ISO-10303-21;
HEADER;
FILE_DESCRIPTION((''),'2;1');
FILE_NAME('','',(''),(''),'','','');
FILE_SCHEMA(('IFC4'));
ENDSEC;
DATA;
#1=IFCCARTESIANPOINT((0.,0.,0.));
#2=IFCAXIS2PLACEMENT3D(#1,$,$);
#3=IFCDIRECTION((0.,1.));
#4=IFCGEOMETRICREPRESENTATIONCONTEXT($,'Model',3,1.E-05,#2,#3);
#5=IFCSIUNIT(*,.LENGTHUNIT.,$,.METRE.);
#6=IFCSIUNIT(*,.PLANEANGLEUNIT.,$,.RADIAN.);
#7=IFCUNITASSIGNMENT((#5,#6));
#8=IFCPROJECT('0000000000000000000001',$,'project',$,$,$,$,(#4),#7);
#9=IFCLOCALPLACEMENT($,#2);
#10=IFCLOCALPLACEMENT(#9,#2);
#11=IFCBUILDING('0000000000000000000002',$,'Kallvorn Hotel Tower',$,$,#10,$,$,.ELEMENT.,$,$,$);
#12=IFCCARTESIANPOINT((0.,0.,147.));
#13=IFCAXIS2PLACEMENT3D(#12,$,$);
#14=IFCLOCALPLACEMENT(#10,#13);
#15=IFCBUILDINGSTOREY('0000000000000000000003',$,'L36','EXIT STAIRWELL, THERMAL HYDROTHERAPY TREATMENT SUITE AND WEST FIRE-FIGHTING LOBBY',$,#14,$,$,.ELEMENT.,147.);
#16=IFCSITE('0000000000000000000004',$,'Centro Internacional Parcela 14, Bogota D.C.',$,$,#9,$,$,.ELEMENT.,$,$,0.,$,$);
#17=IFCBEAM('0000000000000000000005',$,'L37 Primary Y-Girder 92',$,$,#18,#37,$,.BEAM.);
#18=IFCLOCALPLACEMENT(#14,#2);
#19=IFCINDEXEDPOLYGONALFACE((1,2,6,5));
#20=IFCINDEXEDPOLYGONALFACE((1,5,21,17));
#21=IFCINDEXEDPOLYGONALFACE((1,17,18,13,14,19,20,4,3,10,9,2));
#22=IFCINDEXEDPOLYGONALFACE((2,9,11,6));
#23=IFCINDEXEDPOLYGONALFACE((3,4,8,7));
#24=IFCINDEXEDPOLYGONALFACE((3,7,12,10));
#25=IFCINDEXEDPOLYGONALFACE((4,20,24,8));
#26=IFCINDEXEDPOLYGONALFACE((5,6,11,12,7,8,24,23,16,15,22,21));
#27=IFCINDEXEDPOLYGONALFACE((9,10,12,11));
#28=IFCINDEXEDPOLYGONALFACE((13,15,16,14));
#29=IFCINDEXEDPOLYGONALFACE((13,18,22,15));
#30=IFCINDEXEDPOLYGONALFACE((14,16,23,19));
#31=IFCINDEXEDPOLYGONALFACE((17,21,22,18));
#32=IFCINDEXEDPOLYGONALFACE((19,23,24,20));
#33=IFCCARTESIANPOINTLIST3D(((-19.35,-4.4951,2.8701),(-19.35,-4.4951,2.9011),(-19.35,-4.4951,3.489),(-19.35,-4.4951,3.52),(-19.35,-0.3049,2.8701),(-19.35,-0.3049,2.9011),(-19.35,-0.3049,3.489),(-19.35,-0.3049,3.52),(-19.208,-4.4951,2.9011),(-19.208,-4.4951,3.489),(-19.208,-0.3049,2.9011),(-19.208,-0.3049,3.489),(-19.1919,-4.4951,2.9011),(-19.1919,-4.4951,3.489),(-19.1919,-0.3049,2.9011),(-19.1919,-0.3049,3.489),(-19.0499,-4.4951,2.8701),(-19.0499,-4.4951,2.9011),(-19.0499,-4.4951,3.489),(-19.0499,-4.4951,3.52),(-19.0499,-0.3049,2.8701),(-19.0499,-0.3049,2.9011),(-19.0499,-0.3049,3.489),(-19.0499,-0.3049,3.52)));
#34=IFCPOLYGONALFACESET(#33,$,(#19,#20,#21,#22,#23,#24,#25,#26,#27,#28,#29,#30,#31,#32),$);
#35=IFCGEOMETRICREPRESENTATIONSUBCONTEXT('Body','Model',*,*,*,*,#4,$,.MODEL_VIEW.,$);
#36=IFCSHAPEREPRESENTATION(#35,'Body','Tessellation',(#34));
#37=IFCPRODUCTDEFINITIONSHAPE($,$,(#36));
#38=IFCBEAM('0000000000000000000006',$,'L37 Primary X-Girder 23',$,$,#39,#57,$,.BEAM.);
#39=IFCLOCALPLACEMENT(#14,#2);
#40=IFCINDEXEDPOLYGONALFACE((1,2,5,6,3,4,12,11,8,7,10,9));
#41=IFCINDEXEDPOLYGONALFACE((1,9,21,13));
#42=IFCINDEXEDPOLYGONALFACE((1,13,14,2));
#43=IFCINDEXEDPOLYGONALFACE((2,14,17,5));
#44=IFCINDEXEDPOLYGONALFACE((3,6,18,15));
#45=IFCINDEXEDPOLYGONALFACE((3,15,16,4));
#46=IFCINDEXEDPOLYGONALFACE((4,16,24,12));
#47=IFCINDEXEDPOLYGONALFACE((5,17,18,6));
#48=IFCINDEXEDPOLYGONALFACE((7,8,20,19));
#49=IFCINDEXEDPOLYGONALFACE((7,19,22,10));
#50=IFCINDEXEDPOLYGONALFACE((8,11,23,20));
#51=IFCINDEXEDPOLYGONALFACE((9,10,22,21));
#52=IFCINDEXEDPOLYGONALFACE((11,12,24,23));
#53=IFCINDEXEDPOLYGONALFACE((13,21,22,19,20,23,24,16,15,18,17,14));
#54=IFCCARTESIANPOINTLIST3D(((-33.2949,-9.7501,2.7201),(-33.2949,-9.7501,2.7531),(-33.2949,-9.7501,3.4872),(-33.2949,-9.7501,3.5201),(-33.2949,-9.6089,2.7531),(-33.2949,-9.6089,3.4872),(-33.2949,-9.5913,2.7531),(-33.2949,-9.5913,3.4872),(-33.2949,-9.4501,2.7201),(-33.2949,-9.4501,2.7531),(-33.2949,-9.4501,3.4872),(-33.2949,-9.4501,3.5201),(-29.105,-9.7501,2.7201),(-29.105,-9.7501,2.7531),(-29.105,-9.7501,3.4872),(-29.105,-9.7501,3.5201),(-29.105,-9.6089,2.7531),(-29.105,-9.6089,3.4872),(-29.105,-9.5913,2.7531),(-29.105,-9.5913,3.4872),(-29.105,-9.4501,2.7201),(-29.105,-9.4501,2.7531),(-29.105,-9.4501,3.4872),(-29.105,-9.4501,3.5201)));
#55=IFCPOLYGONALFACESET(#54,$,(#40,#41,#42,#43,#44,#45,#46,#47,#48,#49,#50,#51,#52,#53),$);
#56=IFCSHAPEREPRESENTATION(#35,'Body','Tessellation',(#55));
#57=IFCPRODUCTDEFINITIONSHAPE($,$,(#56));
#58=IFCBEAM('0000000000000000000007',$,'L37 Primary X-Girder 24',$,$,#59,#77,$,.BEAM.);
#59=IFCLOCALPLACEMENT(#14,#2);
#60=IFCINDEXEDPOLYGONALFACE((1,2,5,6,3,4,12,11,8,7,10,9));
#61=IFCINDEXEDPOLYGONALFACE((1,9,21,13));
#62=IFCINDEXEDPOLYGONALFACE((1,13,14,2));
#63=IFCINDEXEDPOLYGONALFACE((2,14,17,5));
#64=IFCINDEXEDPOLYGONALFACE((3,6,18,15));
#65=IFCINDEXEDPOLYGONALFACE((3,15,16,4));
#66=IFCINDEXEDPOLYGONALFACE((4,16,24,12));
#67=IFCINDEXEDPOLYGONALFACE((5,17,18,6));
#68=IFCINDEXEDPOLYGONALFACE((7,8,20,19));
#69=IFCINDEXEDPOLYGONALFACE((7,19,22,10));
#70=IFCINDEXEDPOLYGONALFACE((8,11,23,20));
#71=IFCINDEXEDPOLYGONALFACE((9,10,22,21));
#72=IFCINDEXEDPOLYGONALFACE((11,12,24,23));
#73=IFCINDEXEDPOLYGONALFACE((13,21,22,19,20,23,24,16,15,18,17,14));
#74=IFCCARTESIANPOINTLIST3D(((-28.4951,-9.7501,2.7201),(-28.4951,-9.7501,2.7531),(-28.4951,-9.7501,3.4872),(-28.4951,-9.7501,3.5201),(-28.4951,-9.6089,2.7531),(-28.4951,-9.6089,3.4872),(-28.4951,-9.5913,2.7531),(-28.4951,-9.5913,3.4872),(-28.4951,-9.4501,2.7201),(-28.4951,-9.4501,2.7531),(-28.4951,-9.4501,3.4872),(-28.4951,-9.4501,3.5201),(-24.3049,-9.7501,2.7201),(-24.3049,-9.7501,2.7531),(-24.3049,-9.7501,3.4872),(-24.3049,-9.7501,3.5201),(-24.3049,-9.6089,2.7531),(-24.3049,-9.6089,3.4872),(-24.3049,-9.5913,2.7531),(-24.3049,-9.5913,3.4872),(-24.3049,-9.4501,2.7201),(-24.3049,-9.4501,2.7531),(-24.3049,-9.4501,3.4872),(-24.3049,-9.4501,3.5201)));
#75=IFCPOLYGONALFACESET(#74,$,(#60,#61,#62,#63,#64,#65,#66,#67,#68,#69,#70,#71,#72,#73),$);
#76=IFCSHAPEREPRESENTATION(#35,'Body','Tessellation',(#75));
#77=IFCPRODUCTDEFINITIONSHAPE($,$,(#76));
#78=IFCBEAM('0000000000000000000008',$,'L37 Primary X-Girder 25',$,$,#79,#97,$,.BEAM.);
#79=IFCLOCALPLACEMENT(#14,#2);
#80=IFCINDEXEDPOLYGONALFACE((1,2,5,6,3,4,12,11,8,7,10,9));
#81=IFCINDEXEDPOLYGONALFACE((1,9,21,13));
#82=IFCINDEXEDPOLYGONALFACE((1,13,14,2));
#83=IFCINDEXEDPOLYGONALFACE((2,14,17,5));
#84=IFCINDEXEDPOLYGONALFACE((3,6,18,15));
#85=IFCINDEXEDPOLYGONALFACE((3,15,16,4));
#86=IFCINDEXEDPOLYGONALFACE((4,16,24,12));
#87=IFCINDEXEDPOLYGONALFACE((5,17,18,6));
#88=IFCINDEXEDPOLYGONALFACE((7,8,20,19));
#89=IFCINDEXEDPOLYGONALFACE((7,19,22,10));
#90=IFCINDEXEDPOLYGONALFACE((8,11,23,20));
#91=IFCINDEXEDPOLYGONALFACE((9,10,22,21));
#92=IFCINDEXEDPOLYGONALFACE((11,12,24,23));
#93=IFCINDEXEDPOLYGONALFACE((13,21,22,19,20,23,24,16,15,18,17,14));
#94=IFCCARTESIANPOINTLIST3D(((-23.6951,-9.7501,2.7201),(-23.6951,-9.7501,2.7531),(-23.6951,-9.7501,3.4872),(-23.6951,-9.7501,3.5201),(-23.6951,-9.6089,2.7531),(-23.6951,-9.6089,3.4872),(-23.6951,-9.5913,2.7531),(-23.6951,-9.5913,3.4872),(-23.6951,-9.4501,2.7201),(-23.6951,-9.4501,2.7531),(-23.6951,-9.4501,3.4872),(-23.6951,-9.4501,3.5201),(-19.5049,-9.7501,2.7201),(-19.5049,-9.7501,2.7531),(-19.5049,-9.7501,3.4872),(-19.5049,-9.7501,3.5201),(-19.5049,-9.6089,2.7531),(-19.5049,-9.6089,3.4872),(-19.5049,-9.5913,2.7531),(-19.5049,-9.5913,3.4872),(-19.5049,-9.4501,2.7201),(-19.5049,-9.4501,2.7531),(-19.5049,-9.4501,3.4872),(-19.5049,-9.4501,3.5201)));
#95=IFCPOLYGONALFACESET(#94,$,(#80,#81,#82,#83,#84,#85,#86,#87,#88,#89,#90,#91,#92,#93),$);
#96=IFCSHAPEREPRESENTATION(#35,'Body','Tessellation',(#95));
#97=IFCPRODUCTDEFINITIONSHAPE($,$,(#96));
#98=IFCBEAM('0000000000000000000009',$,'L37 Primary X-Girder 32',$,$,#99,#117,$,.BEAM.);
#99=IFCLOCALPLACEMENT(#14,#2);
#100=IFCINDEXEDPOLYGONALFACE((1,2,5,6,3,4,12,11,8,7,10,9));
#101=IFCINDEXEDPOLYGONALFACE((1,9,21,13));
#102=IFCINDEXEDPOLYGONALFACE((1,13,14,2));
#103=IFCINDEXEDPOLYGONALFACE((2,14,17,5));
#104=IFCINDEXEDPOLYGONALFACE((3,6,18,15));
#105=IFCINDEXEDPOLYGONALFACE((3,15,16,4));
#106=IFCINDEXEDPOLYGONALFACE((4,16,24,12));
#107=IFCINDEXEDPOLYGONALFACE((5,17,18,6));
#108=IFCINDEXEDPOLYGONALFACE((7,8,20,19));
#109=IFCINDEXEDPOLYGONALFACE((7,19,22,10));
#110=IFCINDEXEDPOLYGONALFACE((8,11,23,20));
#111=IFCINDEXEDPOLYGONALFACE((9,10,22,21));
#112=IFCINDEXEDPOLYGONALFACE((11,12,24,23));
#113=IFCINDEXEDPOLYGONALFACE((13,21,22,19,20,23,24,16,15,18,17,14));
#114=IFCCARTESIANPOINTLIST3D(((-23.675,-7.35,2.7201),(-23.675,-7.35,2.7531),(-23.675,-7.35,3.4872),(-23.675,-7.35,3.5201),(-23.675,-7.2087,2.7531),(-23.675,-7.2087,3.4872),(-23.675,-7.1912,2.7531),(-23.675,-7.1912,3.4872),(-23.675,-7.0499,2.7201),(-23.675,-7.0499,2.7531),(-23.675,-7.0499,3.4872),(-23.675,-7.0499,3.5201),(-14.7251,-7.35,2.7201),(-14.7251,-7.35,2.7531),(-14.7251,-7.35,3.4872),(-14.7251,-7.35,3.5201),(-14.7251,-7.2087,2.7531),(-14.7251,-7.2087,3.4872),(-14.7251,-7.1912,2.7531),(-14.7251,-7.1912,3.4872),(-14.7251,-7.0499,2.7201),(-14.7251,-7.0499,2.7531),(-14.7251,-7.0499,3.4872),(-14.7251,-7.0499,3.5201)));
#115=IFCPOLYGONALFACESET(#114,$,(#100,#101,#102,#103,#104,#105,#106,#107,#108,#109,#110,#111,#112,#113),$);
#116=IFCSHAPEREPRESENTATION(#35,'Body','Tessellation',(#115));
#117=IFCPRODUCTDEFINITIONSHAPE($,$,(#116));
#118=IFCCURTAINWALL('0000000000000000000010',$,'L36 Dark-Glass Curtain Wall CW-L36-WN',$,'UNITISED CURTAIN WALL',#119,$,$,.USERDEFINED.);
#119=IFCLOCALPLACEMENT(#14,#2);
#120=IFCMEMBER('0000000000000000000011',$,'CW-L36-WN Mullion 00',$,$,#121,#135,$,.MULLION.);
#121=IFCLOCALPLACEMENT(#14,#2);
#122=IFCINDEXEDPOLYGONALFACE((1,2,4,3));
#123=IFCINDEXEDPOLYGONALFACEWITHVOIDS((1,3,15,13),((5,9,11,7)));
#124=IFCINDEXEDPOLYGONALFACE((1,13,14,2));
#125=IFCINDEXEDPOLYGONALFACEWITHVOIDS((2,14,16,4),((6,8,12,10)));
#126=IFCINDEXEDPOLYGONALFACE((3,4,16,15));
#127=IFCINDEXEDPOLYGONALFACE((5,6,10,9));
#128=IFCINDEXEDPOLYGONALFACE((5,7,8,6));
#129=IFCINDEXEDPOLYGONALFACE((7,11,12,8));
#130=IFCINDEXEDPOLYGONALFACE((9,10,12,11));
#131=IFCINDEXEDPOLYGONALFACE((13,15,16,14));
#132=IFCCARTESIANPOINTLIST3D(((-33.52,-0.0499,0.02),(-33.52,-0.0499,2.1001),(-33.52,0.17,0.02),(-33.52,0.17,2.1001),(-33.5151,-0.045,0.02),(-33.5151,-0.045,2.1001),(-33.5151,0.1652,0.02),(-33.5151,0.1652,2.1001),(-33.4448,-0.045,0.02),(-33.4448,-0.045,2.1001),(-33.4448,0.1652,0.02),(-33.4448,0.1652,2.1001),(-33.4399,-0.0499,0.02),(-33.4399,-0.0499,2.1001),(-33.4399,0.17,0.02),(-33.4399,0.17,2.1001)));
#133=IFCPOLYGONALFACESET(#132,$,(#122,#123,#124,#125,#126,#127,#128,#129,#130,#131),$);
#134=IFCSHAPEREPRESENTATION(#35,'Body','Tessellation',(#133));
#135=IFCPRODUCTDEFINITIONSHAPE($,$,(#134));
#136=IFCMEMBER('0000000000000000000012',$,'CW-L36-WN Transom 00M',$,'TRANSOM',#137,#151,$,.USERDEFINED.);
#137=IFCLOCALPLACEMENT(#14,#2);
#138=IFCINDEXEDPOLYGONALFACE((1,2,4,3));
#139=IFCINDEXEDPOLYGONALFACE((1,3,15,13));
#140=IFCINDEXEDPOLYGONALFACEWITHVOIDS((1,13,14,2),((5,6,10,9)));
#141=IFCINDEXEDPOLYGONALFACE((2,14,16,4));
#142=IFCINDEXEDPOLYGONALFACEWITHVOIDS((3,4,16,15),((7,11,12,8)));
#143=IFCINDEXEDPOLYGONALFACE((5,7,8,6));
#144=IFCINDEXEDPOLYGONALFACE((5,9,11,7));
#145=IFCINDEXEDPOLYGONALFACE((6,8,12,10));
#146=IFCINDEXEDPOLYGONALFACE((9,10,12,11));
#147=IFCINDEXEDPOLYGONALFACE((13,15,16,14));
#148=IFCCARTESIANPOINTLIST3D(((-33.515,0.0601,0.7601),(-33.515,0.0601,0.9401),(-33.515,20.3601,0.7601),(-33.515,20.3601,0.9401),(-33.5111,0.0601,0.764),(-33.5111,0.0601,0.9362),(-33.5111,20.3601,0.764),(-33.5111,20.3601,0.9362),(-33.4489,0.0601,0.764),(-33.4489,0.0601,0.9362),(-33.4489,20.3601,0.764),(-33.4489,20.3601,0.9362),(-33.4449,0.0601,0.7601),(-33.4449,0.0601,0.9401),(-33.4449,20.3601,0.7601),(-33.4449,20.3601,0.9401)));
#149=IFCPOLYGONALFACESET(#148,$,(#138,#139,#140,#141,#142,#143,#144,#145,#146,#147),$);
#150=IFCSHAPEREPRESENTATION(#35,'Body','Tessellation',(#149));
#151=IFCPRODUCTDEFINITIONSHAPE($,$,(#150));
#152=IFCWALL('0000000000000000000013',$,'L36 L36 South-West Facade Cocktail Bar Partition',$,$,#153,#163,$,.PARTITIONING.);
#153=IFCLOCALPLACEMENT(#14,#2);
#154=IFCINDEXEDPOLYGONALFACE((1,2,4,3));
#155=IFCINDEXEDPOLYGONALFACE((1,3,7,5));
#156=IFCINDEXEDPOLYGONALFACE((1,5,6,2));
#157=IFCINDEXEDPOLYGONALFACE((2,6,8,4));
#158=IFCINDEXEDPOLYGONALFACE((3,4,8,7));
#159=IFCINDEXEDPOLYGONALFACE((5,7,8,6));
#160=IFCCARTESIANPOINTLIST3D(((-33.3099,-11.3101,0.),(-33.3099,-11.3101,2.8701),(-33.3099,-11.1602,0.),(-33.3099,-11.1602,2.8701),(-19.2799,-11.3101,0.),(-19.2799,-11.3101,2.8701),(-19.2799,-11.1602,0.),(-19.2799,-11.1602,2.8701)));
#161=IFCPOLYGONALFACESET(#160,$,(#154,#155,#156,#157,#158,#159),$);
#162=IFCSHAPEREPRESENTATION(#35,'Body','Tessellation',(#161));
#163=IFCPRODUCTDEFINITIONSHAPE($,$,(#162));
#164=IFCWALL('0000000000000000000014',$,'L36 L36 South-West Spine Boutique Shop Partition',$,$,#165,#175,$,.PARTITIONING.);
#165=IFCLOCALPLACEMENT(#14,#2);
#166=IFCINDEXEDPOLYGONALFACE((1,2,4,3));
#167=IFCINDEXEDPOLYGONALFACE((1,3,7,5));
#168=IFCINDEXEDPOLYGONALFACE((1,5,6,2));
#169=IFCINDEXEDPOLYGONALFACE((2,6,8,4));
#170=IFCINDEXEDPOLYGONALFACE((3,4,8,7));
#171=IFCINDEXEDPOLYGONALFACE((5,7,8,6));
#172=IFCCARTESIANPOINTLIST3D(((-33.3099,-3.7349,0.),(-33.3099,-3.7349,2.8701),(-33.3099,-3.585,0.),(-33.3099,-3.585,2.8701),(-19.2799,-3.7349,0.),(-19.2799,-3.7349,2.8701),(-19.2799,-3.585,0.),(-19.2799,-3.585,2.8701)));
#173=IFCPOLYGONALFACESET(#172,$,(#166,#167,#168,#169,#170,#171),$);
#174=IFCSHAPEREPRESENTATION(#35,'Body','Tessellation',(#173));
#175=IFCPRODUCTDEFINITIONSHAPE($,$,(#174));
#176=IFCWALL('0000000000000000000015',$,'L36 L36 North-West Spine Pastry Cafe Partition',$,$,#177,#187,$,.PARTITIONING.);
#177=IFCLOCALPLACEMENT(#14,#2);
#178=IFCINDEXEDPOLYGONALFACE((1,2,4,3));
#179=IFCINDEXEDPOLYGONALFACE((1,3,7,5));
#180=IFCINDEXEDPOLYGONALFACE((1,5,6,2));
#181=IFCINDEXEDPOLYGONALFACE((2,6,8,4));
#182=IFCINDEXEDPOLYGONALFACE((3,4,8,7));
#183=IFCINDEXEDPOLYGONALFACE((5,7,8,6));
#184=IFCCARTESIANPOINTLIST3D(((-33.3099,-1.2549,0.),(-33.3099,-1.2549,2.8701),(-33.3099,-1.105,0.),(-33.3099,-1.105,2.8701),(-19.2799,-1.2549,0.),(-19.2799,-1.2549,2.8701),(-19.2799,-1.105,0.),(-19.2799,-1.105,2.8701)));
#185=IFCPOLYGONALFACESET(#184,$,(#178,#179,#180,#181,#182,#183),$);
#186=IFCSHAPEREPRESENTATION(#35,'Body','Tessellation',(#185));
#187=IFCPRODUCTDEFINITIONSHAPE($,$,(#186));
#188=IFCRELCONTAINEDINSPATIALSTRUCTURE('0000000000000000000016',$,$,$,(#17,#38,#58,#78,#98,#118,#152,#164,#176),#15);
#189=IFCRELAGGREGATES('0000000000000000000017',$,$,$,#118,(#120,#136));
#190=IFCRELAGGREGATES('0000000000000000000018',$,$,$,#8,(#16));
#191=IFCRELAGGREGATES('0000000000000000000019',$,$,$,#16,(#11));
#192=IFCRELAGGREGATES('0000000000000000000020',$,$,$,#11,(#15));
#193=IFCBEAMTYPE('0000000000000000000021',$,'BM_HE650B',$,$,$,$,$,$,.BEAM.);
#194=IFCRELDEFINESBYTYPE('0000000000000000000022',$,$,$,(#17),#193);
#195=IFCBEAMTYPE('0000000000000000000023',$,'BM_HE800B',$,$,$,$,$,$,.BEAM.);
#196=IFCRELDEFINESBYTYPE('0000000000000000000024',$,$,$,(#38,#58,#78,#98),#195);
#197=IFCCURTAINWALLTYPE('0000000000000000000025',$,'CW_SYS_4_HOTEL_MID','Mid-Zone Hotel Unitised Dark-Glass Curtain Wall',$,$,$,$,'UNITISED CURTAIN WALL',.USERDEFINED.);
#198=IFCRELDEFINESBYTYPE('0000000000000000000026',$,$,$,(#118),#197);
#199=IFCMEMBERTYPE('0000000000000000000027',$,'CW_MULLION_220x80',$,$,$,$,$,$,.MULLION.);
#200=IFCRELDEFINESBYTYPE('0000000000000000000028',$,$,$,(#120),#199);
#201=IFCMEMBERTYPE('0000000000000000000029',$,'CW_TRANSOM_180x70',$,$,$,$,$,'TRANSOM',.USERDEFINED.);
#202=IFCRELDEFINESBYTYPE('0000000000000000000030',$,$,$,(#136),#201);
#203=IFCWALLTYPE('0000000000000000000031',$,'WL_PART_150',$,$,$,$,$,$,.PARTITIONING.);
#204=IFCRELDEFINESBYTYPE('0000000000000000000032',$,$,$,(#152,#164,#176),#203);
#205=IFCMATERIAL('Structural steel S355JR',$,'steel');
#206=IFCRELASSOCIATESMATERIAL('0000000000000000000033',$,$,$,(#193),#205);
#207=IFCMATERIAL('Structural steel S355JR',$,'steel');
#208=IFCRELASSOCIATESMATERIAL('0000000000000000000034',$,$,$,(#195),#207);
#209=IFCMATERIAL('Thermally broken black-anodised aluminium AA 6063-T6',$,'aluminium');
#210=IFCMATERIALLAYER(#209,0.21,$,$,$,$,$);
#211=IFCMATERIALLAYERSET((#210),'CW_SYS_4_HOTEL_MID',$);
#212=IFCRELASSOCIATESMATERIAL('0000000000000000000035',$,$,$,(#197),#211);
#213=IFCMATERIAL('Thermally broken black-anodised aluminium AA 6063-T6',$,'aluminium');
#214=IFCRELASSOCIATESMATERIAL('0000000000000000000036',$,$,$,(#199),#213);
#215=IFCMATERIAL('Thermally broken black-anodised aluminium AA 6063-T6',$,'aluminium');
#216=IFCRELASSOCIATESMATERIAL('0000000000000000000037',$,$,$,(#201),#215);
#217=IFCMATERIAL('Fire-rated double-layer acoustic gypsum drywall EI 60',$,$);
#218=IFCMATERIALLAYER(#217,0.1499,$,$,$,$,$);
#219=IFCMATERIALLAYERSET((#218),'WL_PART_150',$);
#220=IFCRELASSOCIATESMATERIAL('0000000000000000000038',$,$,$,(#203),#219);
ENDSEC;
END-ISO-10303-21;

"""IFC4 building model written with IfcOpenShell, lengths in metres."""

from ifc_helpers import new_model, si_unit, direction, frame, frame_2d, origin, origin_2d, place, context, subcontext, project, spatial, rectangle, hollow_rectangle, i_section, extrude, material, layer, layer_set, material_profile, profile_set, type_object, element, aggregate, save


model = new_model("IFC4")

# Units and contexts
model_context = context("Model", 3, precision=1e-05, world=origin(), true_north=direction((0.0, 1.0)))
body_context = subcontext(model_context, "Body", "Model", "MODEL_VIEW")
ifc_project = project(units=[si_unit("LENGTHUNIT", "METRE"), si_unit("PLANEANGLEUNIT", "RADIAN")], contexts=[model_context])

# Site, building, storey
site_placement = place(None, origin())
site = spatial("IfcSite", under=ifc_project, at=site_placement, Name="Centro Internacional Parcela 14, Bogota D.C.", CompositionType="ELEMENT", RefElevation=0.0)
building_placement = place(site_placement, origin())
building = spatial("IfcBuilding", under=site, at=building_placement, Name="Kallvorn Hotel Tower", CompositionType="ELEMENT")
storey_placement = place(building_placement, frame((0.0, 0.0, 147.0)))
storey = spatial("IfcBuildingStorey", under=building, at=storey_placement, Name="L36", Description="EXIT STAIRWELL, THERMAL HYDROTHERAPY TREATMENT SUITE AND WEST FIRE-FIGHTING LOBBY", CompositionType="ELEMENT", Elevation=147.0)

# Beams
ifc_material_1 = material(Name="Structural steel S355JR", Category="steel")
ifc_material_profile_1 = material_profile(ifc_material_1, i_section(OverallWidth=0.3, OverallDepth=0.6499, WebThickness=0.0161, FlangeThickness=0.031, at=origin_2d()), Name="HE 650 B")
ifc_profile_set_1 = profile_set([ifc_material_profile_1], Name="Structural steel S355JR")
beam_type_1 = type_object("IfcBeamType", Name="BM_HE650B", PredefinedType="BEAM", material=ifc_profile_set_1)
beam_1_placement = place(storey_placement, frame((-19.2, -4.4951, 3.1951), z_axis=(0.0, 1.0, 0.0), x_axis=(-1.0, 0.0, 0.0)))
element("IfcBeam", 1, at=beam_1_placement, inside=storey, type_object=beam_type_1, Name="L37 Primary Y-Girder 92", PredefinedType="BEAM", context=body_context, shape_type="SweptSolid", body=[
    extrude(i_section(OverallWidth=0.3, OverallDepth=0.6499, WebThickness=0.0161, FlangeThickness=0.031, at=origin_2d()), origin(), (0.0, 0.0, 1.0), 4.1902),
])
ifc_material_2 = material(Name="Structural steel S355JR", Category="steel")
ifc_material_profile_2 = material_profile(ifc_material_2, i_section(OverallWidth=0.3, OverallDepth=0.8, WebThickness=0.0176, FlangeThickness=0.033, at=origin_2d()), Name="HE 800 B")
ifc_profile_set_2 = profile_set([ifc_material_profile_2], Name="Structural steel S355JR")
beam_type_2 = type_object("IfcBeamType", Name="BM_HE800B", PredefinedType="BEAM", material=ifc_profile_set_2)
beam_2_placement = place(storey_placement, frame((-33.2949, -9.6001, 3.1201), z_axis=(1.0, 0.0, 0.0), x_axis=(0.0, 1.0, 0.0)))
element("IfcBeam", 2, at=beam_2_placement, inside=storey, type_object=beam_type_2, Name="L37 Primary X-Girder 23", PredefinedType="BEAM", context=body_context, shape_type="SweptSolid", body=[
    extrude(i_section(OverallWidth=0.3, OverallDepth=0.8, WebThickness=0.0176, FlangeThickness=0.033, at=origin_2d()), origin(), (0.0, 0.0, 1.0), 4.1899),
])
for number, where, z_axis, x_axis, name in (
    (3, (-28.4951, -9.6001, 3.1201), (1.0, 0.0, 0.0), (0.0, 1.0, 0.0), "L37 Primary X-Girder 24"),
    (4, (-23.6951, -9.6001, 3.1201), (1.0, 0.0, 0.0), (0.0, 1.0, 0.0), "L37 Primary X-Girder 25"),
):
    element("IfcBeam", number, at=place(storey_placement, frame(where, z_axis=z_axis, x_axis=x_axis)), inside=storey, type_object=beam_type_2, Name=name, PredefinedType="BEAM", context=body_context, shape_type="SweptSolid", body=[
        extrude(i_section(OverallWidth=0.3, OverallDepth=0.8, WebThickness=0.0176, FlangeThickness=0.033, at=origin_2d()), origin(), (0.0, 0.0, 1.0), 4.1902),
    ])
beam_3_placement = place(storey_placement, frame((-23.675, -7.2, 3.1201), z_axis=(1.0, 0.0, 0.0), x_axis=(0.0, 1.0, 0.0)))
element("IfcBeam", 5, at=beam_3_placement, inside=storey, type_object=beam_type_2, Name="L37 Primary X-Girder 32", PredefinedType="BEAM", context=body_context, shape_type="SweptSolid", body=[
    extrude(i_section(OverallWidth=0.3, OverallDepth=0.8, WebThickness=0.0176, FlangeThickness=0.033, at=origin_2d()), origin(), (0.0, 0.0, 1.0), 8.95),
])

# Curtain wall, members
ifc_material_3 = material(Name="Thermally broken black-anodised aluminium AA 6063-T6", Category="aluminium")
ifc_layer_1 = layer(ifc_material_3, 0.21)
ifc_layer_set_1 = layer_set([ifc_layer_1], Name="CW_SYS_4_HOTEL_MID")
curtain_wall_type = type_object("IfcCurtainWallType", Name="CW_SYS_4_HOTEL_MID", Description="Mid-Zone Hotel Unitised Dark-Glass Curtain Wall", ElementType="UNITISED CURTAIN WALL", PredefinedType="USERDEFINED", material=ifc_layer_set_1)
curtain_wall_placement = place(storey_placement, origin())
curtain_wall = element("IfcCurtainWall", 6, at=curtain_wall_placement, inside=storey, type_object=curtain_wall_type, Name="L36 Dark-Glass Curtain Wall CW-L36-WN", ObjectType="UNITISED CURTAIN WALL", PredefinedType="USERDEFINED")
ifc_material_4 = material(Name="Thermally broken black-anodised aluminium AA 6063-T6", Category="aluminium")
ifc_material_profile_3 = material_profile(ifc_material_4, hollow_rectangle(XDim=0.0801, YDim=0.22, WallThickness=0.0049, at=origin_2d()), Name="MUL 220x80")
ifc_profile_set_3 = profile_set([ifc_material_profile_3], Name="Thermally broken black-anodised aluminium AA 6063-T6")
member_type_1 = type_object("IfcMemberType", Name="CW_MULLION_220x80", PredefinedType="MULLION", material=ifc_profile_set_3)
member_1_placement = place(storey_placement, frame((-33.48, 0.0601, 0.02), z_axis=(0.0, 0.0, 1.0), x_axis=(1.0, 0.0, 0.0)))
member_1 = element("IfcMember", 7, at=member_1_placement, type_object=member_type_1, Name="CW-L36-WN Mullion 00", PredefinedType="MULLION", context=body_context, shape_type="SweptSolid", body=[
    extrude(hollow_rectangle(XDim=0.0801, YDim=0.22, WallThickness=0.0049, at=origin_2d()), origin(), (0.0, 0.0, 1.0), 2.0801),
])
ifc_material_5 = material(Name="Thermally broken black-anodised aluminium AA 6063-T6", Category="aluminium")
ifc_material_profile_4 = material_profile(ifc_material_5, hollow_rectangle(XDim=0.0701, YDim=0.1799, WallThickness=0.0039, at=origin_2d()), Name="TRN 180x70")
ifc_profile_set_4 = profile_set([ifc_material_profile_4], Name="Thermally broken black-anodised aluminium AA 6063-T6")
member_type_2 = type_object("IfcMemberType", Name="CW_TRANSOM_180x70", ElementType="TRANSOM", PredefinedType="USERDEFINED", material=ifc_profile_set_4)
member_2_placement = place(storey_placement, frame((-33.48, 0.0601, 0.8501), z_axis=(0.0, 1.0, 0.0), x_axis=(-1.0, 0.0, 0.0)))
member_2 = element("IfcMember", 8, at=member_2_placement, type_object=member_type_2, Name="CW-L36-WN Transom 00M", ObjectType="TRANSOM", PredefinedType="USERDEFINED", context=body_context, shape_type="SweptSolid", body=[
    extrude(hollow_rectangle(XDim=0.0701, YDim=0.1799, WallThickness=0.0039, at=origin_2d()), origin(), (0.0, 0.0, 1.0), 20.3),
])
aggregate(curtain_wall, [member_1, member_2])

# Walls
ifc_material_6 = material(Name="Fire-rated double-layer acoustic gypsum drywall EI 60")
ifc_layer_2 = layer(ifc_material_6, 0.1499)
ifc_layer_set_2 = layer_set([ifc_layer_2], Name="WL_PART_150")
wall_type = type_object("IfcWallType", Name="WL_PART_150", PredefinedType="PARTITIONING", material=ifc_layer_set_2)
for number, where, z_axis, x_axis, name in (
    (9, (-33.3101, -11.2351, 0.0), (0.0, 0.0, 1.0), (1.0, 0.0, 0.0), "L36 L36 South-West Facade Cocktail Bar Partition"),
    (10, (-33.3101, -3.6599, 0.0), (0.0, 0.0, 1.0), (1.0, 0.0, 0.0), "L36 L36 South-West Spine Boutique Shop Partition"),
    (11, (-33.3101, -1.1799, 0.0), (0.0, 0.0, 1.0), (1.0, 0.0, 0.0), "L36 L36 North-West Spine Pastry Cafe Partition"),
):
    element("IfcWall", number, at=place(storey_placement, frame(where, z_axis=z_axis, x_axis=x_axis)), inside=storey, type_object=wall_type, Name=name, PredefinedType="PARTITIONING", context=body_context, shape_type="SweptSolid", body=[
        extrude(rectangle(XDim=14.03, YDim=0.1499, at=frame_2d((7.0151, 0.0))), origin(), (0.0, 0.0, 1.0), 2.8701),
    ])

save(model, "model.ifc")
